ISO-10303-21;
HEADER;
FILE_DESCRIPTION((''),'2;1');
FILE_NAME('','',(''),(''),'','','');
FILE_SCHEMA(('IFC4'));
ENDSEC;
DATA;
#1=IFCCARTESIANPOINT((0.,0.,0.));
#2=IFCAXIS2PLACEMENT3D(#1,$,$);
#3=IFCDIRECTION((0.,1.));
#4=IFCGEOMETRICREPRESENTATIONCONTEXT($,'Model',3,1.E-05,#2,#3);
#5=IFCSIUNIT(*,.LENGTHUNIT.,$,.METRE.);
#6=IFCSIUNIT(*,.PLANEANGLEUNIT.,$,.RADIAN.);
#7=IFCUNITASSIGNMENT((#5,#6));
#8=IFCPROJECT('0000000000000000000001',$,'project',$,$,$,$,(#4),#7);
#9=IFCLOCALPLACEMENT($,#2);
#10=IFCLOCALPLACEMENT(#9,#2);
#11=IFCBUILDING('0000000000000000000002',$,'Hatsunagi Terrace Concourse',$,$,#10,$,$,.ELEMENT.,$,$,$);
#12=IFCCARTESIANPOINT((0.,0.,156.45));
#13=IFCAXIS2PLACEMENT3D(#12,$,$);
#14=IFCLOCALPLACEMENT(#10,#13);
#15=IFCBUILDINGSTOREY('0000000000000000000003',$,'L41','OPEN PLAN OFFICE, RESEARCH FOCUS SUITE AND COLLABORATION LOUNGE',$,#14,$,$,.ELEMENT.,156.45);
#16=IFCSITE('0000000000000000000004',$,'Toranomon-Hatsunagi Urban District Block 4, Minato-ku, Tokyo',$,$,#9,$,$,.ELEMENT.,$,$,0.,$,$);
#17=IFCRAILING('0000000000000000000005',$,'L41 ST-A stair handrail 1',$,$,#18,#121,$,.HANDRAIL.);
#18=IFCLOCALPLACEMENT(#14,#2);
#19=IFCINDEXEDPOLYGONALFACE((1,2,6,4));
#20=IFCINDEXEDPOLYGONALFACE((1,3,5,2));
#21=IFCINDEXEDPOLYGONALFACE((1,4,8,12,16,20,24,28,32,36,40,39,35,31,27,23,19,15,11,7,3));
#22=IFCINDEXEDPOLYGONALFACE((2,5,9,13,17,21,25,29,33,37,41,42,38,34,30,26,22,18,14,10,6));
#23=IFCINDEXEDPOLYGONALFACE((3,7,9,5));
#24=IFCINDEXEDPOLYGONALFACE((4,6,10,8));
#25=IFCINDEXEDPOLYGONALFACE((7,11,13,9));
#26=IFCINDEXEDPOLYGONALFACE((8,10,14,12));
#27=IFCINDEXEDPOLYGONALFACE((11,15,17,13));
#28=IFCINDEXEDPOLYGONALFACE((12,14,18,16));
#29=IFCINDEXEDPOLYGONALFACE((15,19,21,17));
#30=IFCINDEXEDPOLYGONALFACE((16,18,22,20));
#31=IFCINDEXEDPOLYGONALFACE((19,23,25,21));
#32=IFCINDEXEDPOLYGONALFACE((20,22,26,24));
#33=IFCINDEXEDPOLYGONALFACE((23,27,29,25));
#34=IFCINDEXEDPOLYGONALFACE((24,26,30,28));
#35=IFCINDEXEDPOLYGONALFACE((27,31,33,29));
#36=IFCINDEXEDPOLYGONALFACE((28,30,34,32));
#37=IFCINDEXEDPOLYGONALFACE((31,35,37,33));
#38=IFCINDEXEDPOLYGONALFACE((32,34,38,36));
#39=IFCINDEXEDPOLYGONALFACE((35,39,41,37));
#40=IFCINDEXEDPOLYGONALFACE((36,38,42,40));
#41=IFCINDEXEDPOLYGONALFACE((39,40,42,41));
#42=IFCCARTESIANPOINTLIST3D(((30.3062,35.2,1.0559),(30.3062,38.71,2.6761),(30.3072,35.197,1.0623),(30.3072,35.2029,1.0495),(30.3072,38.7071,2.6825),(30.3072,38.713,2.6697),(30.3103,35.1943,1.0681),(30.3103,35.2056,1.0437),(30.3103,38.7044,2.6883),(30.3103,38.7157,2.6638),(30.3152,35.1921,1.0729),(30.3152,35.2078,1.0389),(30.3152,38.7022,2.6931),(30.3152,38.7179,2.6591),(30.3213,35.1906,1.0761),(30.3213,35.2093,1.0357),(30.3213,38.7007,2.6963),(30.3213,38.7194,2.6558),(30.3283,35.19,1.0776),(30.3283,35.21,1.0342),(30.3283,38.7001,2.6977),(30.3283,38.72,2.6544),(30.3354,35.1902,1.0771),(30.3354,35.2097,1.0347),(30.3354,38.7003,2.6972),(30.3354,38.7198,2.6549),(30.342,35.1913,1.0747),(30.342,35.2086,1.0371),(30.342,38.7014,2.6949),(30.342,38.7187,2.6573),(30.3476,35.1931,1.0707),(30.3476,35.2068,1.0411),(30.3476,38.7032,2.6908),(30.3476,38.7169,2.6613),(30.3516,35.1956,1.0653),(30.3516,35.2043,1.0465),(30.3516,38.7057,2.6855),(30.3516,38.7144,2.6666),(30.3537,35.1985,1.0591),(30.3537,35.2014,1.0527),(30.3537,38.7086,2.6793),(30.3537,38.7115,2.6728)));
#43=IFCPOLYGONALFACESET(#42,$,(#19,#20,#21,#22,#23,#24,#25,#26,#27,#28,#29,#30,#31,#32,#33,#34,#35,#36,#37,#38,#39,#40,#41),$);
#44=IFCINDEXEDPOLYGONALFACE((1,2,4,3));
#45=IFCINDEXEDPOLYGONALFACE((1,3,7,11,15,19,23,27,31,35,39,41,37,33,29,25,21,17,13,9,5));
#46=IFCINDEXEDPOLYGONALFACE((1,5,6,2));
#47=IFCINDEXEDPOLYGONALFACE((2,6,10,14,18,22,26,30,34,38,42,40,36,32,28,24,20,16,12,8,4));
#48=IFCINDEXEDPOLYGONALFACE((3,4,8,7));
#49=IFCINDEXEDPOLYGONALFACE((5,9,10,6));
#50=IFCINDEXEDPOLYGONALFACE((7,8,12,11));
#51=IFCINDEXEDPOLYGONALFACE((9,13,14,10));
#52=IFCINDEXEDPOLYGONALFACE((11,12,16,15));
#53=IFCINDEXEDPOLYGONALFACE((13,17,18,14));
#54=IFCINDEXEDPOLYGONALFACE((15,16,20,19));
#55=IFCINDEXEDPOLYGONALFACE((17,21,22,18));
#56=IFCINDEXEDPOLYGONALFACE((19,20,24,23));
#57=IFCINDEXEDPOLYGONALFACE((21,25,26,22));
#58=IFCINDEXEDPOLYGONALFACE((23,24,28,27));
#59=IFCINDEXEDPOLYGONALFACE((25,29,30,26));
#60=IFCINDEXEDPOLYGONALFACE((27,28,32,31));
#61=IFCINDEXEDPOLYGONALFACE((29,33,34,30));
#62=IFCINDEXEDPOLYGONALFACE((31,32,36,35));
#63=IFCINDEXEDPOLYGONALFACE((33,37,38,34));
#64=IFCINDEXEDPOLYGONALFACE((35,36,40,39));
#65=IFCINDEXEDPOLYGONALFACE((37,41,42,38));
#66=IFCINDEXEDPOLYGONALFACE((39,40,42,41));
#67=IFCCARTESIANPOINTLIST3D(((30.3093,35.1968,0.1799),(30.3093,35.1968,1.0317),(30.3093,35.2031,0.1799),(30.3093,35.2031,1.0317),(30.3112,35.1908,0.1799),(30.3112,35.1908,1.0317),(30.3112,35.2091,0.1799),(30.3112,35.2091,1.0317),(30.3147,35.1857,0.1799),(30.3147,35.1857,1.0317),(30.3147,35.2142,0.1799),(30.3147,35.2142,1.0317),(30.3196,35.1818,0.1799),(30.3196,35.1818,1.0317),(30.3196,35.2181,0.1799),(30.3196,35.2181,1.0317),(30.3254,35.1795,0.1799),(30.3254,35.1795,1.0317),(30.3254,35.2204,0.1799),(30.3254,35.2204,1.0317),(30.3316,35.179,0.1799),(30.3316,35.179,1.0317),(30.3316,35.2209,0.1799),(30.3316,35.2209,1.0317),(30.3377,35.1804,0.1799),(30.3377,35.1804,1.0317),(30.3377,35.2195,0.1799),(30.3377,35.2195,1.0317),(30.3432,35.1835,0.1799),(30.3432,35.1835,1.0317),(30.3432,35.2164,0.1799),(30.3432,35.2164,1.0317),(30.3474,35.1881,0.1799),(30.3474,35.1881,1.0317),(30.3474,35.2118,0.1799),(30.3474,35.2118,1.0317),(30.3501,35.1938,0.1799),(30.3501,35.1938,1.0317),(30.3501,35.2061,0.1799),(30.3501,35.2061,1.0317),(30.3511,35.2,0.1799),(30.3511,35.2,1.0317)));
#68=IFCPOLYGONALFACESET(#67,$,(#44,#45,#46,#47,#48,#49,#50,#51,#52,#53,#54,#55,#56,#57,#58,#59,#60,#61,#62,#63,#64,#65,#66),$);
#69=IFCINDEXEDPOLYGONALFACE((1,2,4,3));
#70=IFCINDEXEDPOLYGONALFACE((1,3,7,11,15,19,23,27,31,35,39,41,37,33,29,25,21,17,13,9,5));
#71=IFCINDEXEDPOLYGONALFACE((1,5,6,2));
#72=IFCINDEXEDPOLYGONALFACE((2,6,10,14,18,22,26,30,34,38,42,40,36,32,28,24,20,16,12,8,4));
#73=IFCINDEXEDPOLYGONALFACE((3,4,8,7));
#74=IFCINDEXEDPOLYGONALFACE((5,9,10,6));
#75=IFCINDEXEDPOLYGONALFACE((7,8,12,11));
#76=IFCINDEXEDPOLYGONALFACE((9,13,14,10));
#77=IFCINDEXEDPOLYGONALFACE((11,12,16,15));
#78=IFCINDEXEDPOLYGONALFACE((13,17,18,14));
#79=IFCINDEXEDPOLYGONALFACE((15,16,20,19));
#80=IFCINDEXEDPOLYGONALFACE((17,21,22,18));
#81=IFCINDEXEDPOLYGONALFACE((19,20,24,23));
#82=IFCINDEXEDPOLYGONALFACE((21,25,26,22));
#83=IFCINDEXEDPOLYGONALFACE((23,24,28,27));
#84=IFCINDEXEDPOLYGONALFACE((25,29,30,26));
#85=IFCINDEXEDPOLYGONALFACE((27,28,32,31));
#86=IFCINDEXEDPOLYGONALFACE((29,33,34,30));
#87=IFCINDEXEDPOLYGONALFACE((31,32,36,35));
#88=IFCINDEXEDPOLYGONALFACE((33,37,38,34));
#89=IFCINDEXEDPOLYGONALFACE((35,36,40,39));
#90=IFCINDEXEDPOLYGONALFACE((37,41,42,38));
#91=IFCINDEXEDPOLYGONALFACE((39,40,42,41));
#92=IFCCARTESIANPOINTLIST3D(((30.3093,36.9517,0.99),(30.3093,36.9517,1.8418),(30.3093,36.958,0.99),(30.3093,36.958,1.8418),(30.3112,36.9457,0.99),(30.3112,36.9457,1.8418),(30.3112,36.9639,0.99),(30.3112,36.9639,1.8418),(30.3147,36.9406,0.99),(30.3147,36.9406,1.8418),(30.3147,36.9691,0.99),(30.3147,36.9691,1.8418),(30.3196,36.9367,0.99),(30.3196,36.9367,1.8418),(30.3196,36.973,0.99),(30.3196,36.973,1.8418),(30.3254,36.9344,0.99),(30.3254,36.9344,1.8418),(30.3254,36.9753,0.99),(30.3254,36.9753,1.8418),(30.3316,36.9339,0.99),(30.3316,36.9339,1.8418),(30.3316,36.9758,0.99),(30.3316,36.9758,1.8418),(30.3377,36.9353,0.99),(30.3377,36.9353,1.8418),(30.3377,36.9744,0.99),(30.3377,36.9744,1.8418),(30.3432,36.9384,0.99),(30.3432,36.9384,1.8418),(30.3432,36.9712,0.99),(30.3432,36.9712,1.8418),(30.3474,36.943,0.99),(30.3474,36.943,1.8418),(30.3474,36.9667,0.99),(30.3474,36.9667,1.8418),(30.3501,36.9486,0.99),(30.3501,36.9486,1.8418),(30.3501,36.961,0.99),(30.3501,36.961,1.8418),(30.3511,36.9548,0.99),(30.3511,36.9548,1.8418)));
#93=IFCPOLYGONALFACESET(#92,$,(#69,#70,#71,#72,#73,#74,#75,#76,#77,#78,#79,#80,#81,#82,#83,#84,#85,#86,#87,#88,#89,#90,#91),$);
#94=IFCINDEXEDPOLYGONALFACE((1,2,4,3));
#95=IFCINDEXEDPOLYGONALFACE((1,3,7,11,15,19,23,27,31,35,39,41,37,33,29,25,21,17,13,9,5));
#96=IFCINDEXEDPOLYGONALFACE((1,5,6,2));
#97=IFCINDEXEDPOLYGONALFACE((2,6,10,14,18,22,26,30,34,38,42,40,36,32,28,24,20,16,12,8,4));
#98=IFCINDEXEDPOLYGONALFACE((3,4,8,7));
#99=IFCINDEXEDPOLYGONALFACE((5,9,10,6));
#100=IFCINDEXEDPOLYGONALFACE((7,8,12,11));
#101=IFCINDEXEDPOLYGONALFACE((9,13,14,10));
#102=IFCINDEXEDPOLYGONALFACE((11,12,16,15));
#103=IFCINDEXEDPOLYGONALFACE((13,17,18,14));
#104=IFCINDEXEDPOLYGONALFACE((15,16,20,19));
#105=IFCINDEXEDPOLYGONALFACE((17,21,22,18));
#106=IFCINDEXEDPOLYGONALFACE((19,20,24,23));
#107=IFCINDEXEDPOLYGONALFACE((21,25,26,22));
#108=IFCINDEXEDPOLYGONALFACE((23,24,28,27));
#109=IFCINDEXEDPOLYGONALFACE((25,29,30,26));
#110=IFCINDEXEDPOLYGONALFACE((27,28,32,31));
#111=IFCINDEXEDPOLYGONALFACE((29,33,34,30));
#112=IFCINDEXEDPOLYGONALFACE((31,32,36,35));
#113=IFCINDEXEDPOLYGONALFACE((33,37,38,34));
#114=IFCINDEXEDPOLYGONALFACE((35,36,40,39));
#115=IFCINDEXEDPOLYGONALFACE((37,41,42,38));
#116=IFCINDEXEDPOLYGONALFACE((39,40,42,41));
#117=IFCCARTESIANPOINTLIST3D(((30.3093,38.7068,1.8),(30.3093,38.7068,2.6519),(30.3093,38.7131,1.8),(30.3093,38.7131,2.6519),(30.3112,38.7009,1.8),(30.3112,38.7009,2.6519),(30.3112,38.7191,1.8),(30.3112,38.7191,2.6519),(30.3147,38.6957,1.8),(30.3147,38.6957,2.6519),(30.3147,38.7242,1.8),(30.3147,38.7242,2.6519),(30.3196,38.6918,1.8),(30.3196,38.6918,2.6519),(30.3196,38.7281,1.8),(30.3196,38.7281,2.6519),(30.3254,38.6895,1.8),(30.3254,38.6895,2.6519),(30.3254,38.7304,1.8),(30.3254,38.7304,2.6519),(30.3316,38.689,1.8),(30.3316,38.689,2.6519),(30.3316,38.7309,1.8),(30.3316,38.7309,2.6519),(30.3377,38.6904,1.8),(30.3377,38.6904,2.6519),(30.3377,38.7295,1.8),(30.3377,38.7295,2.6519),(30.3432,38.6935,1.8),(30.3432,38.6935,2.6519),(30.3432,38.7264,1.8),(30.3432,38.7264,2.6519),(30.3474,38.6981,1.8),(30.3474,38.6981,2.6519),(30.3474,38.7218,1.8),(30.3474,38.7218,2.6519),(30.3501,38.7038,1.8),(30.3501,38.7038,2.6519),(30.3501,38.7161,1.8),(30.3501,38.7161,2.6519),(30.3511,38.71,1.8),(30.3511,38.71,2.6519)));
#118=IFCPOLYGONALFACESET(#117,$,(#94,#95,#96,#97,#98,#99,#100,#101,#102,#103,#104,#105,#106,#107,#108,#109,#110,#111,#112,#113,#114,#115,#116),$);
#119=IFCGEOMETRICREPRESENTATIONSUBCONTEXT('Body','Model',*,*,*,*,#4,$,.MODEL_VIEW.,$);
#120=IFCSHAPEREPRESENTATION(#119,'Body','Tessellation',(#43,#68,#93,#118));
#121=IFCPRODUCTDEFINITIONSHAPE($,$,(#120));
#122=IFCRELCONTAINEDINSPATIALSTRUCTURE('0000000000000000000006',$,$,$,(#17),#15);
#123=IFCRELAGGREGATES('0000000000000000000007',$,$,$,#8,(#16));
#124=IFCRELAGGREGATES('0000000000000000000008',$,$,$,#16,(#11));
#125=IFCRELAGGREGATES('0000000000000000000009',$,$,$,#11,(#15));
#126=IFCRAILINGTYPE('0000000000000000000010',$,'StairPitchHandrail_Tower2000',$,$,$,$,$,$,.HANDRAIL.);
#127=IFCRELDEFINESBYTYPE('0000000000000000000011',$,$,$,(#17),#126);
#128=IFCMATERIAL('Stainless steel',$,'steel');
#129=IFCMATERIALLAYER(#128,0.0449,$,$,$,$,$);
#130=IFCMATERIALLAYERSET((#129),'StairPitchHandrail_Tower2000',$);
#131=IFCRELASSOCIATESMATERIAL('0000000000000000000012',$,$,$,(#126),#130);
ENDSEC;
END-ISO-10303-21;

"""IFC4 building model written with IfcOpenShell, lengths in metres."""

from ifc_helpers import new_model, si_unit, direction, frame, origin, origin_2d, place, context, subcontext, project, spatial, circle, extrude, material, layer, layer_set, type_object, element, save


model = new_model("IFC4")

# Units and contexts
model_context = context("Model", 3, precision=1e-05, world=origin(), true_north=direction((0.0, 1.0)))
body_context = subcontext(model_context, "Body", "Model", "MODEL_VIEW")
ifc_project = project(units=[si_unit("LENGTHUNIT", "METRE"), si_unit("PLANEANGLEUNIT", "RADIAN")], contexts=[model_context])

# Site, building, storey
site_placement = place(None, origin())
site = spatial("IfcSite", under=ifc_project, at=site_placement, Name="Toranomon-Hatsunagi Urban District Block 4, Minato-ku, Tokyo", CompositionType="ELEMENT", RefElevation=0.0)
building_placement = place(site_placement, origin())
building = spatial("IfcBuilding", under=site, at=building_placement, Name="Hatsunagi Terrace Concourse", CompositionType="ELEMENT")
storey_placement = place(building_placement, frame((0.0, 0.0, 156.45)))
storey = spatial("IfcBuildingStorey", under=building, at=storey_placement, Name="L41", Description="OPEN PLAN OFFICE, RESEARCH FOCUS SUITE AND COLLABORATION LOUNGE", CompositionType="ELEMENT", Elevation=156.45)

# Railing
ifc_material_1 = material(Name="Stainless steel", Category="steel")
ifc_layer_1 = layer(ifc_material_1, 0.0449)
ifc_layer_set_1 = layer_set([ifc_layer_1], Name="StairPitchHandrail_Tower2000")
railing_type_1 = type_object("IfcRailingType", Name="StairPitchHandrail_Tower2000", PredefinedType="HANDRAIL", material=ifc_layer_set_1)
railing_1_placement = place(storey_placement, frame((30.3301, 35.2, 0.1799)))
element("IfcRailing", 1, at=railing_1_placement, inside=storey, type_object=railing_type_1, Name="L41 ST-A stair handrail 1", PredefinedType="HANDRAIL", context=body_context, shape_type="SweptSolid", body=[
    extrude(circle(Radius=0.0239, at=origin_2d()), frame((0.0, 0.0, 0.876), z_axis=(0.0, 0.907948, 0.419082), x_axis=(-1.0, 0.0, 0.0)), (0.0, 0.0, 1.0), 3.866),
    extrude(circle(Radius=0.021, at=origin_2d()), origin(), (0.0, 0.0, 1.0), 0.8518),
    extrude(circle(Radius=0.021, at=origin_2d()), frame((0.0, 1.7549, 0.8101)), (0.0, 0.0, 1.0), 0.8518),
    extrude(circle(Radius=0.021, at=origin_2d()), frame((0.0, 3.51, 1.6201)), (0.0, 0.0, 1.0), 0.8518),
])

save(model, "model.ifc")
